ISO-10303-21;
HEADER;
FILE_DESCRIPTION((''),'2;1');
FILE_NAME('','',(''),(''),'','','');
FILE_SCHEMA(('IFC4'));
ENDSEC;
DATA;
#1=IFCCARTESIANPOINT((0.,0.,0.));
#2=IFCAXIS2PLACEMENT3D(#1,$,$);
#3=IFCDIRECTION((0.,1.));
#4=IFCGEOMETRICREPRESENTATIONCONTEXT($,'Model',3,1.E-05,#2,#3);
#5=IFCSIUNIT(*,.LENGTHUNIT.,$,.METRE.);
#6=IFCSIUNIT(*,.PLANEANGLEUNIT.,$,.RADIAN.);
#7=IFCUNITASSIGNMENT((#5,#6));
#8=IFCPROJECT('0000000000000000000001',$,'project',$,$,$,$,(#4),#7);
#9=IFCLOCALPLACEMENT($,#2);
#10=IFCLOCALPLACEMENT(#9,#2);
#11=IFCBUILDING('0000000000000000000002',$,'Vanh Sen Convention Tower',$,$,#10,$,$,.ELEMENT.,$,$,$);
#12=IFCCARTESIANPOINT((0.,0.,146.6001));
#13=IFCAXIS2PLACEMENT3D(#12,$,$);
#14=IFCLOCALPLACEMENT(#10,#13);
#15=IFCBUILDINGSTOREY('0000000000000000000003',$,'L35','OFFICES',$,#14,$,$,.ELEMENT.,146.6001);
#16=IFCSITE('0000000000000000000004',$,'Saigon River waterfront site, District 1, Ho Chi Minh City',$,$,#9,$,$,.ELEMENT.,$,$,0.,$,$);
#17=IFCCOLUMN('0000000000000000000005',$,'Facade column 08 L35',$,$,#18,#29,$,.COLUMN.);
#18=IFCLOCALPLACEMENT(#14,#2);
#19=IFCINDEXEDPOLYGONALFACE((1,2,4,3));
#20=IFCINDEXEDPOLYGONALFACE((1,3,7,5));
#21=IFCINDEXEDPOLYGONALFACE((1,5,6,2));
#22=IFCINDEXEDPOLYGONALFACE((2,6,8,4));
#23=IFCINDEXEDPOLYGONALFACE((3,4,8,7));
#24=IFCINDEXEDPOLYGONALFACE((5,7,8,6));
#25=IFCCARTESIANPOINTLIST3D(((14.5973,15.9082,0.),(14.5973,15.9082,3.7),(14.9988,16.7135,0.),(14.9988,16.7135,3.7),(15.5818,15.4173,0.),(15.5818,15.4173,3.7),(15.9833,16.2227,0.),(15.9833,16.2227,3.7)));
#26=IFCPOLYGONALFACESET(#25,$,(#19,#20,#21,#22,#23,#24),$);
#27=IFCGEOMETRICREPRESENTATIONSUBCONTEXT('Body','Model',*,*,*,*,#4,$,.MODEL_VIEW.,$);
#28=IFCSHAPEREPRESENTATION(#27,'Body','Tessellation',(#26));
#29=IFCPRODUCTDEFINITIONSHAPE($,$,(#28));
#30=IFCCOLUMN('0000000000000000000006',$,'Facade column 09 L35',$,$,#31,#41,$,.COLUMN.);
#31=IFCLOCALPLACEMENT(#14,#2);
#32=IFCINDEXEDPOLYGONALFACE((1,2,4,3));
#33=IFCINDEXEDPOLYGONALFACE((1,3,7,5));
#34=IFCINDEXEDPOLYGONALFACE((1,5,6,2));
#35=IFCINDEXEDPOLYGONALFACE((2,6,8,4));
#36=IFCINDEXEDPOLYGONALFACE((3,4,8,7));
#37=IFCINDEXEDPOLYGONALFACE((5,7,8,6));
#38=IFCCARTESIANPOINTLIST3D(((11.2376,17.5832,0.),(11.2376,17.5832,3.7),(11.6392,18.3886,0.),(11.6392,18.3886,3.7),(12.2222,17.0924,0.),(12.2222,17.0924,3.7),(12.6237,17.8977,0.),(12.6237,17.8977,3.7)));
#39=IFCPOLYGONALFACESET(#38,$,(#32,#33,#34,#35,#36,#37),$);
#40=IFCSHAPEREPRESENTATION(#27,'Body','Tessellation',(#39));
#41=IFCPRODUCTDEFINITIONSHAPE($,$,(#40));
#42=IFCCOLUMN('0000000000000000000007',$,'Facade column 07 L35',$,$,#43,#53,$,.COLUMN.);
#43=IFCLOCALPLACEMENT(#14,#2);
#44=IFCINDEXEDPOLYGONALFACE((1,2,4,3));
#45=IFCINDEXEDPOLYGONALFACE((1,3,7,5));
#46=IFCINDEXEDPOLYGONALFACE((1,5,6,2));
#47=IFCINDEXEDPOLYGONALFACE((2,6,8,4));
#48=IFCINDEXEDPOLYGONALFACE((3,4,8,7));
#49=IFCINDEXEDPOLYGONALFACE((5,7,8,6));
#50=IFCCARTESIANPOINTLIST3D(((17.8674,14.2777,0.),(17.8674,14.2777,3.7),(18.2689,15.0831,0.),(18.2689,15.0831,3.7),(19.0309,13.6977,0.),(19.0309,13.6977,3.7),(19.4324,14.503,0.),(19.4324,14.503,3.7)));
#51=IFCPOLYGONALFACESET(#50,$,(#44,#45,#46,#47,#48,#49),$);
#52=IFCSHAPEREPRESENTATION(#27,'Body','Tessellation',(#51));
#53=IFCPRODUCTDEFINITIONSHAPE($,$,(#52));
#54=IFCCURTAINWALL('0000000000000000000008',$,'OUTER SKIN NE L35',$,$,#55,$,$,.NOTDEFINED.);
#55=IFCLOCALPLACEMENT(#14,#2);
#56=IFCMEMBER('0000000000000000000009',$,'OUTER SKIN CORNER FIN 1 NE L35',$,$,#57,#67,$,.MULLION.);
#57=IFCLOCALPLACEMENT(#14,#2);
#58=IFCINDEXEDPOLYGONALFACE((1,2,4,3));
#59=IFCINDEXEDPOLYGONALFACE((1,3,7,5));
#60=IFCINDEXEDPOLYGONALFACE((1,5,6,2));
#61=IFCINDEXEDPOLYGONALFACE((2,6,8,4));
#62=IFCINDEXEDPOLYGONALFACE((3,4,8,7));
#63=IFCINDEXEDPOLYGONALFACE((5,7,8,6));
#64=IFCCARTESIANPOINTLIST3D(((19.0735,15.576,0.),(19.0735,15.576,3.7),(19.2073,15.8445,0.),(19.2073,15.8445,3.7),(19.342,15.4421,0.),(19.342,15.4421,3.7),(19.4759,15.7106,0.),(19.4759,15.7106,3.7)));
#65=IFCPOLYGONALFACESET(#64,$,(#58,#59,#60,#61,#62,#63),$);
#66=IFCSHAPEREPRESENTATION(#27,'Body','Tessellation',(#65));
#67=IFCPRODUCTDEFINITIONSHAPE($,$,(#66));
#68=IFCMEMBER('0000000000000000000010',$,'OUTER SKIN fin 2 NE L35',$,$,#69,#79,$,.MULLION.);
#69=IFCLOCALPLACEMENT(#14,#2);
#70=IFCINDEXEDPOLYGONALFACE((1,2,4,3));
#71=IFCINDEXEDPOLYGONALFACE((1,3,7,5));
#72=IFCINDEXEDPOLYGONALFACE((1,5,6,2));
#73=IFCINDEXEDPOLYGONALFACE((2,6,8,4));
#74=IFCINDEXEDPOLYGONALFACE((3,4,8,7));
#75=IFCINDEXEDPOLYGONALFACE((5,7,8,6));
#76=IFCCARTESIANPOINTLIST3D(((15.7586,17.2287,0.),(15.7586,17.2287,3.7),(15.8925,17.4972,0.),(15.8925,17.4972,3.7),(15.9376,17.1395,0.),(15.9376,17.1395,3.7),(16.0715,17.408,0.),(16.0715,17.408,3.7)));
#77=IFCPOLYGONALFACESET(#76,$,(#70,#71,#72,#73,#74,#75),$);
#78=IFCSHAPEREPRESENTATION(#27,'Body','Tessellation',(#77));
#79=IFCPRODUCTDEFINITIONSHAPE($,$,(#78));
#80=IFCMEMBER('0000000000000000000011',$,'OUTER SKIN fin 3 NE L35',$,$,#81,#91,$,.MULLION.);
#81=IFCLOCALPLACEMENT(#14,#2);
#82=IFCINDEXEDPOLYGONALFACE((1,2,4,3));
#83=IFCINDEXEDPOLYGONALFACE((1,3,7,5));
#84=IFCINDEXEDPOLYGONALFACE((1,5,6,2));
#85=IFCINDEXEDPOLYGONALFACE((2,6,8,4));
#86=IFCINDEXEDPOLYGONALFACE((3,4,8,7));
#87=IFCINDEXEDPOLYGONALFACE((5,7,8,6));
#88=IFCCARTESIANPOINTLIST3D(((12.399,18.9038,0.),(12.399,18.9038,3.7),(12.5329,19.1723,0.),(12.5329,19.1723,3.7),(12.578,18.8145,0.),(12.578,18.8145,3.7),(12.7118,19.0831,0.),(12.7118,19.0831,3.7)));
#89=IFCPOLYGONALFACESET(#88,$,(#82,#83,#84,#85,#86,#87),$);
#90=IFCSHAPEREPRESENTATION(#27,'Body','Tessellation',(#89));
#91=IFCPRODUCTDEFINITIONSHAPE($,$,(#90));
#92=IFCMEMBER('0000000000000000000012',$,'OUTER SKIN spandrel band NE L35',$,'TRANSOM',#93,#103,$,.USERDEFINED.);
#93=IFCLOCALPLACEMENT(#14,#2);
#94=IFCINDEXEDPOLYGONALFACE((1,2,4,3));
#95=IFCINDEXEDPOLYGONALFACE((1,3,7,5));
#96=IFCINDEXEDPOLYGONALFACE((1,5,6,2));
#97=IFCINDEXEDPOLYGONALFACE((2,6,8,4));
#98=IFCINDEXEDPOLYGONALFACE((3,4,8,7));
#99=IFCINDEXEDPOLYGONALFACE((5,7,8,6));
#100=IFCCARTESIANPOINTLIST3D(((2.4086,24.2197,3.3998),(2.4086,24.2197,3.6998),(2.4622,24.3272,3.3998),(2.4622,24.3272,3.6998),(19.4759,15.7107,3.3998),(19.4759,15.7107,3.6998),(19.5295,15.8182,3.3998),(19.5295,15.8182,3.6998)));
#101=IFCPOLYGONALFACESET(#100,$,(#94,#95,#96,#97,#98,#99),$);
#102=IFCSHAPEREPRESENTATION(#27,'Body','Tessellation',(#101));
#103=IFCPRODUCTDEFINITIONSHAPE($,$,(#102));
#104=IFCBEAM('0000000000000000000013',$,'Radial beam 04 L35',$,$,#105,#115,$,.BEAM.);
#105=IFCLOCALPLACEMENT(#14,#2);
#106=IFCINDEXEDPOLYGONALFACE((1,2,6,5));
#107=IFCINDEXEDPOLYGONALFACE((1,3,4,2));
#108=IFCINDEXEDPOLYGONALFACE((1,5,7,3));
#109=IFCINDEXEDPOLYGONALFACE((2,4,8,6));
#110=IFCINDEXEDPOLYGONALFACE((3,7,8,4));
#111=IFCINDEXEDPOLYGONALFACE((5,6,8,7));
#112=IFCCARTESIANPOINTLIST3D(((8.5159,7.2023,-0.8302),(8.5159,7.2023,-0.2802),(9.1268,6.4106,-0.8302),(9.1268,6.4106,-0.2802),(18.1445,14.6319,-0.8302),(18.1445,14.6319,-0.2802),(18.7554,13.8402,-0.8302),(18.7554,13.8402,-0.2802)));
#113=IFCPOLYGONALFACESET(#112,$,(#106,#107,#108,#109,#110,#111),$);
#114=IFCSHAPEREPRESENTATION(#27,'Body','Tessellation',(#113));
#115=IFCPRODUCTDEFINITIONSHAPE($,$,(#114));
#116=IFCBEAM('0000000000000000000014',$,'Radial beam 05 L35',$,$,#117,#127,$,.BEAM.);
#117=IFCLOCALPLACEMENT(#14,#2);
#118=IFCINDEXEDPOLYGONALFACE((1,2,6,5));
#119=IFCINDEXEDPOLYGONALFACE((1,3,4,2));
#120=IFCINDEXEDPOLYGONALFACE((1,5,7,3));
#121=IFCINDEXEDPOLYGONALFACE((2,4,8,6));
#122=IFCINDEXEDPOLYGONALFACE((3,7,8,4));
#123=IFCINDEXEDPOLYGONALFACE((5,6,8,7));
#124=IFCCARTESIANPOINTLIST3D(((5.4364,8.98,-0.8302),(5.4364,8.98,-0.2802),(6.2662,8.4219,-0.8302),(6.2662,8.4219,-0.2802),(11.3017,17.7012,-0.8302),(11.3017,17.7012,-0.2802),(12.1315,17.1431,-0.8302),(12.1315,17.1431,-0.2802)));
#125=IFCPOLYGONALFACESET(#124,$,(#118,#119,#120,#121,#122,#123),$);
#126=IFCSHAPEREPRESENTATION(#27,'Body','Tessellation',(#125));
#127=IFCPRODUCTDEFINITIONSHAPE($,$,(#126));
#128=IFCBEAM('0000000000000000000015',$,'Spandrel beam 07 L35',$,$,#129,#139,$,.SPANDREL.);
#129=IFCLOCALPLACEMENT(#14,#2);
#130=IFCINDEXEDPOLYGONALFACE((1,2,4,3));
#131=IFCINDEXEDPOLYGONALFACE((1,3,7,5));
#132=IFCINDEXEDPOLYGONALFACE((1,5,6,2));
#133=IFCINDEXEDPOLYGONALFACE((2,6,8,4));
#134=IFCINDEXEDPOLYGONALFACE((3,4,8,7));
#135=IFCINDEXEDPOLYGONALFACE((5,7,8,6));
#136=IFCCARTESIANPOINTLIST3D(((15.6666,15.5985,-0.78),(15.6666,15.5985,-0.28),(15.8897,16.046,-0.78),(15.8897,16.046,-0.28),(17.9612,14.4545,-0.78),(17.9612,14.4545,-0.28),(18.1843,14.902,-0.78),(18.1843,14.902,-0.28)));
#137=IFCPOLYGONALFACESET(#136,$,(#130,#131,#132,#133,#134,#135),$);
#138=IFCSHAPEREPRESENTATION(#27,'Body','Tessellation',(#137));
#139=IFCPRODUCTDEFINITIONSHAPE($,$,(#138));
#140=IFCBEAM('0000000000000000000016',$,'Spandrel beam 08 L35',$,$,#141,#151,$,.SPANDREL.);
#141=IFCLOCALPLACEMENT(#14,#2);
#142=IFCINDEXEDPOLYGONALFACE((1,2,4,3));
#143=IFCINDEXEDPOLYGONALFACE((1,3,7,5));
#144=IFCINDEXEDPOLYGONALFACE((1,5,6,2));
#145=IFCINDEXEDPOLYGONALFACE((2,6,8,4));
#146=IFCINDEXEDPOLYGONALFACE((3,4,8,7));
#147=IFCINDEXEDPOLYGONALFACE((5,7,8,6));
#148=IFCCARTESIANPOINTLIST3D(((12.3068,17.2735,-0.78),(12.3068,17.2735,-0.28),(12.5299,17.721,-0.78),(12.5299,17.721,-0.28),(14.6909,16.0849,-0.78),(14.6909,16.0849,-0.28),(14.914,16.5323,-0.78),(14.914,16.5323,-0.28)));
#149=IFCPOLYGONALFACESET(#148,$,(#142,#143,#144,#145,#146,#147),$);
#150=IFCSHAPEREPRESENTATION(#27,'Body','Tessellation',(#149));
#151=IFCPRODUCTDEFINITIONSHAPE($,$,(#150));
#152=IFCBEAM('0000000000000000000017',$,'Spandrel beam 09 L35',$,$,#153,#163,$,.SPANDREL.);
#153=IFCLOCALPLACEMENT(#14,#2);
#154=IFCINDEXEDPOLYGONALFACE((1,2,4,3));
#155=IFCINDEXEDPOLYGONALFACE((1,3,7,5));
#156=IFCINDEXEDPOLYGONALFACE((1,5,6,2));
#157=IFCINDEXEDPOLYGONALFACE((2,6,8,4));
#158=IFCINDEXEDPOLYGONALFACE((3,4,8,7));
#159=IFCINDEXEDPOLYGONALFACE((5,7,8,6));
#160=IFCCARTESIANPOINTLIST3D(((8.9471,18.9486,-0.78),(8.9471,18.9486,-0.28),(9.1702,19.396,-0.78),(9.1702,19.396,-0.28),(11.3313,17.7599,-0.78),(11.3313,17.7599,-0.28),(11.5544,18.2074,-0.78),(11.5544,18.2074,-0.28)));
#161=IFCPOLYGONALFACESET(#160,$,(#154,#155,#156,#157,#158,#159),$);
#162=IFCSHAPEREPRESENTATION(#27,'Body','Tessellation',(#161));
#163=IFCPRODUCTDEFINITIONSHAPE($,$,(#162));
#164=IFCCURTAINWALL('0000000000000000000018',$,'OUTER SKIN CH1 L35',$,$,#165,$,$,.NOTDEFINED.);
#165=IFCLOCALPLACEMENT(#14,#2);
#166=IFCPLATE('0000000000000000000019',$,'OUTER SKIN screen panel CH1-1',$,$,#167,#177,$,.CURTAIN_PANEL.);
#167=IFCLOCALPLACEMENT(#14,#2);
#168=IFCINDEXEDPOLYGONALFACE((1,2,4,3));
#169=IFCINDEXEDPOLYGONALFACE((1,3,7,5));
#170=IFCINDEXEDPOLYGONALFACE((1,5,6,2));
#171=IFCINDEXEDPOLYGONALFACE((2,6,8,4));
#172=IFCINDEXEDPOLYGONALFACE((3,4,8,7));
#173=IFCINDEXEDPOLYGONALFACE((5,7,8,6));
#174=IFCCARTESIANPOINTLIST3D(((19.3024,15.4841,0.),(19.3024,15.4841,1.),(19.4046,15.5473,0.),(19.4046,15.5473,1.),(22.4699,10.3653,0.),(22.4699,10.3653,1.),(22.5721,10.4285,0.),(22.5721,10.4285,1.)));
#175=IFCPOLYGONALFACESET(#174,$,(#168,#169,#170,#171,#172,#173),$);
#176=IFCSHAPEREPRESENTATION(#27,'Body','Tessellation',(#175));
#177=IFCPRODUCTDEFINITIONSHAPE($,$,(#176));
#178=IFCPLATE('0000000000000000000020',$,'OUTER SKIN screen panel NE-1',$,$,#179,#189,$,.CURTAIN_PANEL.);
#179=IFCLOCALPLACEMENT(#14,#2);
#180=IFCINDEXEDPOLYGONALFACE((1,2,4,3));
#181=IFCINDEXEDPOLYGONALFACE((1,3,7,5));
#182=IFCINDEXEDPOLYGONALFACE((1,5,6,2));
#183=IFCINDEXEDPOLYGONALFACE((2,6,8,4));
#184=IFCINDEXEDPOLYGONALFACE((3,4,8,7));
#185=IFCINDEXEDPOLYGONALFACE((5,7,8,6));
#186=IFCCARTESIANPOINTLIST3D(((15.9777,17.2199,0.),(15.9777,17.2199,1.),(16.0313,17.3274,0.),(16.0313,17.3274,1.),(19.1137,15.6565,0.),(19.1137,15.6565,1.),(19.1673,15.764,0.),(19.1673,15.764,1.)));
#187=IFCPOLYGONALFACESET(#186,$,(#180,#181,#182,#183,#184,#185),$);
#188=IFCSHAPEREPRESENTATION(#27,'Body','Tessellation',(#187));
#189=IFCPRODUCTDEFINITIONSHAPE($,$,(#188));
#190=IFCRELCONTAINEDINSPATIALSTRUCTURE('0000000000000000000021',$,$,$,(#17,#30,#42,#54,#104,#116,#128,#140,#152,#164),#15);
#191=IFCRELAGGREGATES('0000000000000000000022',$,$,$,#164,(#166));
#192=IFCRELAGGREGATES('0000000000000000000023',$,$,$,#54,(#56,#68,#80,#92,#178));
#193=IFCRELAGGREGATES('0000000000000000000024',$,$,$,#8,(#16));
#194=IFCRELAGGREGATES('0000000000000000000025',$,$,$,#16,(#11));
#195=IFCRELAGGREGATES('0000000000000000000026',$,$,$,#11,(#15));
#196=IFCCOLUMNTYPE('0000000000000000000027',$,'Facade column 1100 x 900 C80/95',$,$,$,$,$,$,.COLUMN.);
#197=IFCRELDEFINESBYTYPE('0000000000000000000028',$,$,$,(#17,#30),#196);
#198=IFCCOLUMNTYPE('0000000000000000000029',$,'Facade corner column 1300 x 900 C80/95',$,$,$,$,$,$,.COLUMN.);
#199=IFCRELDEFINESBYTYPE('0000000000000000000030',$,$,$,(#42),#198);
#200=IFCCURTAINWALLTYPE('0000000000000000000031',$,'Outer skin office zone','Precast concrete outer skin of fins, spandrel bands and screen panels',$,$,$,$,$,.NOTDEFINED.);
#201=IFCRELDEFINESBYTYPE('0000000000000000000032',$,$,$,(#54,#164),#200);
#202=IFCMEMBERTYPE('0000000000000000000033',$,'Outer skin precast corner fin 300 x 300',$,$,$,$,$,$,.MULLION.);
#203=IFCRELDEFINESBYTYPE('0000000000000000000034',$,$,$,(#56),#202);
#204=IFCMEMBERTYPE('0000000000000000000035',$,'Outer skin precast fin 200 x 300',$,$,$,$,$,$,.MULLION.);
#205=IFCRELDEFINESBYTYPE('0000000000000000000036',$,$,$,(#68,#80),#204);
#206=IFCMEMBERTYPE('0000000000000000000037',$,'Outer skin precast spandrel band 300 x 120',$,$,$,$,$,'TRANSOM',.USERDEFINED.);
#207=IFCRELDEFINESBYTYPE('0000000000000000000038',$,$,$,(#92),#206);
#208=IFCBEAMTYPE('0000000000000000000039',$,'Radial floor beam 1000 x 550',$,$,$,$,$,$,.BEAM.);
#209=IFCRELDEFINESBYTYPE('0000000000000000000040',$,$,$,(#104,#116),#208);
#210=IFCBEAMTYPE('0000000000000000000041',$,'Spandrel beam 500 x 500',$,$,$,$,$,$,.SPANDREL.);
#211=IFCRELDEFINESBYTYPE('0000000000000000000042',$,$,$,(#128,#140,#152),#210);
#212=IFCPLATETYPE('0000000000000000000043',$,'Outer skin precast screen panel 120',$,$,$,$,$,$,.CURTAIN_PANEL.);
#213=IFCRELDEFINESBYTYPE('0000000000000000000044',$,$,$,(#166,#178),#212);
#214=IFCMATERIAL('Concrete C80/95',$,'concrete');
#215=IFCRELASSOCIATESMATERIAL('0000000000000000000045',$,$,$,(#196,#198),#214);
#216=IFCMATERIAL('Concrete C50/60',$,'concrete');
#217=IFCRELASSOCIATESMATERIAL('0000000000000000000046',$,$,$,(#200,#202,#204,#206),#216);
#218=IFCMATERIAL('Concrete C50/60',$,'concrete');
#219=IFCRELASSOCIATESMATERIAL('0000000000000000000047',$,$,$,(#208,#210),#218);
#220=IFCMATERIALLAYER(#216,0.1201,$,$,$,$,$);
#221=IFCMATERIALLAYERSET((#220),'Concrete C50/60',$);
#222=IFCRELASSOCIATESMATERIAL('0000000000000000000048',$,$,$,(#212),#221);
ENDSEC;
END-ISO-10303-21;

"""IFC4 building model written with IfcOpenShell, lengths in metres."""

from ifc_helpers import new_model, si_unit, direction, frame, origin, origin_2d, place, context, subcontext, project, spatial, rectangle, extrude, material, layer, layer_set, material_profile, profile_set, type_object, element, aggregate, save


model = new_model("IFC4")

# Units and contexts
model_context = context("Model", 3, precision=1e-05, world=origin(), true_north=direction((0.0, 1.0)))
body_context = subcontext(model_context, "Body", "Model", "MODEL_VIEW")
ifc_project = project(units=[si_unit("LENGTHUNIT", "METRE"), si_unit("PLANEANGLEUNIT", "RADIAN")], contexts=[model_context])

# Site, building, storey
site_placement = place(None, origin())
site = spatial("IfcSite", under=ifc_project, at=site_placement, Name="Saigon River waterfront site, District 1, Ho Chi Minh City", CompositionType="ELEMENT", RefElevation=0.0)
building_placement = place(site_placement, origin())
building = spatial("IfcBuilding", under=site, at=building_placement, Name="Vanh Sen Convention Tower", CompositionType="ELEMENT")
storey_placement = place(building_placement, frame((0.0, 0.0, 146.6001)))
storey = spatial("IfcBuildingStorey", under=building, at=storey_placement, Name="L35", Description="OFFICES", CompositionType="ELEMENT", Elevation=146.6001)

# Columns
ifc_material_1 = material(Name="Concrete C80/95", Category="concrete")
ifc_material_profile_1 = material_profile(ifc_material_1, rectangle(XDim=1.1001, YDim=0.8999, at=origin_2d()), Name="RC 1100X900")
ifc_profile_set_1 = profile_set([ifc_material_profile_1], Name="Concrete C80/95")
column_type_1 = type_object("IfcColumnType", Name="Facade column 1100 x 900 C80/95", PredefinedType="COLUMN", material=ifc_profile_set_1)
for number, where, z_axis, x_axis, name in (
    (1, (15.2903, 16.0654, 0.0), (0.0, 0.0, 1.0), (-0.894934, 0.446198, 0.0), "Facade column 08 L35"),
    (2, (11.9307, 17.7405, 0.0), (0.0, 0.0, 1.0), (-0.894934, 0.446198, 0.0), "Facade column 09 L35"),
):
    element("IfcColumn", number, at=place(storey_placement, frame(where, z_axis=z_axis, x_axis=x_axis)), inside=storey, type_object=column_type_1, Name=name, PredefinedType="COLUMN", context=body_context, shape_type="SweptSolid", body=[
        extrude(rectangle(XDim=1.1001, YDim=0.8999, at=origin_2d()), origin(), (0.0, 0.0, 1.0), 3.7),
    ])
ifc_material_profile_2 = material_profile(ifc_material_1, rectangle(XDim=1.3, YDim=0.8999, at=origin_2d()), Name="RC 1300X900")
ifc_profile_set_2 = profile_set([ifc_material_profile_2], Name="Concrete C80/95")
column_type_2 = type_object("IfcColumnType", Name="Facade corner column 1300 x 900 C80/95", PredefinedType="COLUMN", material=ifc_profile_set_2)
column_placement = place(storey_placement, frame((18.6499, 14.3904, 0.0), z_axis=(0.0, 0.0, 1.0), x_axis=(-0.894934, 0.446198, 0.0)))
element("IfcColumn", 3, at=column_placement, inside=storey, type_object=column_type_2, Name="Facade column 07 L35", PredefinedType="COLUMN", context=body_context, shape_type="SweptSolid", body=[
    extrude(rectangle(XDim=1.3, YDim=0.8999, at=origin_2d()), origin(), (0.0, 0.0, 1.0), 3.7),
])

# Curtain wall, members
ifc_material_2 = material(Name="Concrete C50/60", Category="concrete")
curtain_wall_type = type_object("IfcCurtainWallType", Name="Outer skin office zone", Description="Precast concrete outer skin of fins, spandrel bands and screen panels", PredefinedType="NOTDEFINED", material=ifc_material_2)
curtain_wall_1_placement = place(storey_placement, origin())
curtain_wall_1 = element("IfcCurtainWall", 4, at=curtain_wall_1_placement, inside=storey, type_object=curtain_wall_type, Name="OUTER SKIN NE L35", PredefinedType="NOTDEFINED")
ifc_material_profile_3 = material_profile(ifc_material_2, rectangle(XDim=0.3, YDim=0.3, at=origin_2d()), Name="Outer skin precast corner fin 300 x 300")
ifc_profile_set_3 = profile_set([ifc_material_profile_3], Name="Concrete C50/60")
member_type_1 = type_object("IfcMemberType", Name="Outer skin precast corner fin 300 x 300", PredefinedType="MULLION", material=ifc_profile_set_3)
member_1_placement = place(storey_placement, frame((19.2747, 15.6433, 0.0), z_axis=(0.0, 0.0, 1.0), x_axis=(-0.894934, 0.446198, 0.0)))
member_1 = element("IfcMember", 5, at=member_1_placement, type_object=member_type_1, Name="OUTER SKIN CORNER FIN 1 NE L35", PredefinedType="MULLION", context=body_context, shape_type="SweptSolid", body=[
    extrude(rectangle(XDim=0.3, YDim=0.3, at=origin_2d()), origin(), (0.0, 0.0, 1.0), 3.7),
])
ifc_material_profile_4 = material_profile(ifc_material_2, rectangle(XDim=0.2, YDim=0.3, at=origin_2d()), Name="Outer skin precast fin 200 x 300")
ifc_profile_set_4 = profile_set([ifc_material_profile_4], Name="Concrete C50/60")
member_type_2 = type_object("IfcMemberType", Name="Outer skin precast fin 200 x 300", PredefinedType="MULLION", material=ifc_profile_set_4)
member_2_placement = place(storey_placement, frame((15.915, 17.3184, 0.0), z_axis=(0.0, 0.0, 1.0), x_axis=(-0.894934, 0.446198, 0.0)))
member_2 = element("IfcMember", 6, at=member_2_placement, type_object=member_type_2, Name="OUTER SKIN fin 2 NE L35", PredefinedType="MULLION", context=body_context, shape_type="SweptSolid", body=[
    extrude(rectangle(XDim=0.2, YDim=0.3, at=origin_2d()), origin(), (0.0, 0.0, 1.0), 3.7),
])
member_3_placement = place(storey_placement, frame((12.5554, 18.9934, 0.0), z_axis=(0.0, 0.0, 1.0), x_axis=(-0.894934, 0.446198, 0.0)))
member_3 = element("IfcMember", 7, at=member_3_placement, type_object=member_type_2, Name="OUTER SKIN fin 3 NE L35", PredefinedType="MULLION", context=body_context, shape_type="SweptSolid", body=[
    extrude(rectangle(XDim=0.2, YDim=0.3, at=origin_2d()), origin(), (0.0, 0.0, 1.0), 3.7),
])
ifc_material_profile_5 = material_profile(ifc_material_2, rectangle(XDim=0.1201, YDim=0.3, at=origin_2d()), Name="Outer skin precast spandrel band 300 x 120")
ifc_profile_set_5 = profile_set([ifc_material_profile_5], Name="Concrete C50/60")
member_type_3 = type_object("IfcMemberType", Name="Outer skin precast spandrel band 300 x 120", ElementType="TRANSOM", PredefinedType="USERDEFINED", material=ifc_profile_set_5)
member_4_placement = place(storey_placement, frame((19.5027, 15.7644, 3.5498), z_axis=(-0.894941, 0.446184, 0.0), x_axis=(-0.446184, -0.894941, 0.0)))
member_4 = element("IfcMember", 8, at=member_4_placement, type_object=member_type_3, Name="OUTER SKIN spandrel band NE L35", ObjectType="TRANSOM", PredefinedType="USERDEFINED", context=body_context, shape_type="SweptSolid", body=[
    extrude(rectangle(XDim=0.1201, YDim=0.3, at=origin_2d()), origin(), (0.0, 0.0, 1.0), 19.0708),
])

# Beams
ifc_material_3 = material(Name="Concrete C50/60", Category="concrete")
ifc_material_profile_6 = material_profile(ifc_material_3, rectangle(XDim=1.0, YDim=0.55, at=origin_2d()), Name="RC 1000X550")
ifc_profile_set_6 = profile_set([ifc_material_profile_6], Name="Concrete C50/60")
beam_type_1 = type_object("IfcBeamType", Name="Radial floor beam 1000 x 550", PredefinedType="BEAM", material=ifc_profile_set_6)
beam_1_placement = place(storey_placement, frame((18.45, 14.2361, -0.5552), z_axis=(-0.791708, -0.610899, 0.0), x_axis=(0.610899, -0.791708, 0.0)))
element("IfcBeam", 9, at=beam_1_placement, inside=storey, type_object=beam_type_1, Name="Radial beam 04 L35", PredefinedType="BEAM", context=body_context, shape_type="SweptSolid", body=[
    extrude(rectangle(XDim=1.0, YDim=0.55, at=origin_2d()), origin(), (0.0, 0.0, 1.0), 12.1619),
])
beam_2_placement = place(storey_placement, frame((11.7166, 17.4221, -0.5552), z_axis=(-0.558062, -0.829799, 0.0), x_axis=(0.829799, -0.558062, 0.0)))
element("IfcBeam", 10, at=beam_2_placement, inside=storey, type_object=beam_type_1, Name="Radial beam 05 L35", PredefinedType="BEAM", context=body_context, shape_type="SweptSolid", body=[
    extrude(rectangle(XDim=1.0, YDim=0.55, at=origin_2d()), origin(), (0.0, 0.0, 1.0), 10.51),
])
ifc_material_profile_7 = material_profile(ifc_material_3, rectangle(XDim=0.5, YDim=0.5, at=origin_2d()), Name="RC 500X500")
ifc_profile_set_7 = profile_set([ifc_material_profile_7], Name="Concrete C50/60")
beam_type_2 = type_object("IfcBeamType", Name="Spandrel beam 500 x 500", PredefinedType="SPANDREL", material=ifc_profile_set_7)
beam_3_placement = place(storey_placement, frame((18.0728, 14.6782, -0.53), z_axis=(-0.894941, 0.446185, 0.0), x_axis=(-0.446185, -0.894941, 0.0)))
element("IfcBeam", 11, at=beam_3_placement, inside=storey, type_object=beam_type_2, Name="Spandrel beam 07 L35", PredefinedType="SPANDREL", context=body_context, shape_type="SweptSolid", body=[
    extrude(rectangle(XDim=0.5, YDim=0.5, at=origin_2d()), origin(), (0.0, 0.0, 1.0), 2.564),
])
for number, where, z_axis, x_axis, name in (
    (12, (14.8025, 16.3086, -0.53), (-0.89494, 0.446187, 0.0), (-0.446187, -0.89494, 0.0), "Spandrel beam 08 L35"),
    (13, (11.4429, 17.9836, -0.53), (-0.89494, 0.446187, 0.0), (-0.446187, -0.89494, 0.0), "Spandrel beam 09 L35"),
):
    element("IfcBeam", number, at=place(storey_placement, frame(where, z_axis=z_axis, x_axis=x_axis)), inside=storey, type_object=beam_type_2, Name=name, PredefinedType="SPANDREL", context=body_context, shape_type="SweptSolid", body=[
        extrude(rectangle(XDim=0.5, YDim=0.5, at=origin_2d()), origin(), (0.0, 0.0, 1.0), 2.6641),
    ])

# Curtain wall, plate
curtain_wall_2_placement = place(storey_placement, origin())
curtain_wall_2 = element("IfcCurtainWall", 14, at=curtain_wall_2_placement, inside=storey, type_object=curtain_wall_type, Name="OUTER SKIN CH1 L35", PredefinedType="NOTDEFINED")
ifc_layer_1 = layer(ifc_material_2, 0.1201)
ifc_layer_set_1 = layer_set([ifc_layer_1], Name="Concrete C50/60")
plate_type = type_object("IfcPlateType", Name="Outer skin precast screen panel 120", PredefinedType="CURTAIN_PANEL", material=ifc_layer_set_1)
plate_1_placement = place(storey_placement, frame((20.9373, 12.9563, 0.0), z_axis=(0.0, 0.0, 1.0), x_axis=(-0.526204, 0.850359, 0.0)))
plate_1 = element("IfcPlate", 15, at=plate_1_placement, type_object=plate_type, Name="OUTER SKIN screen panel CH1-1", PredefinedType="CURTAIN_PANEL", context=body_context, shape_type="SweptSolid", body=[
    extrude(rectangle(XDim=6.0195, YDim=0.1201, at=origin_2d()), origin(), (0.0, 0.0, 1.0), 1.0),
])
aggregate(curtain_wall_2, [plate_1])

# Plate
plate_2_placement = place(storey_placement, frame((17.5725, 16.4919, 0.0), z_axis=(0.0, 0.0, 1.0), x_axis=(-0.894944, 0.446179, 0.0)))
plate_2 = element("IfcPlate", 16, at=plate_2_placement, type_object=plate_type, Name="OUTER SKIN screen panel NE-1", PredefinedType="CURTAIN_PANEL", context=body_context, shape_type="SweptSolid", body=[
    extrude(rectangle(XDim=3.5042, YDim=0.1201, at=origin_2d()), origin(), (0.0, 0.0, 1.0), 1.0),
])
aggregate(curtain_wall_1, [member_1, member_2, member_3, member_4, plate_2])

save(model, "model.ifc")
